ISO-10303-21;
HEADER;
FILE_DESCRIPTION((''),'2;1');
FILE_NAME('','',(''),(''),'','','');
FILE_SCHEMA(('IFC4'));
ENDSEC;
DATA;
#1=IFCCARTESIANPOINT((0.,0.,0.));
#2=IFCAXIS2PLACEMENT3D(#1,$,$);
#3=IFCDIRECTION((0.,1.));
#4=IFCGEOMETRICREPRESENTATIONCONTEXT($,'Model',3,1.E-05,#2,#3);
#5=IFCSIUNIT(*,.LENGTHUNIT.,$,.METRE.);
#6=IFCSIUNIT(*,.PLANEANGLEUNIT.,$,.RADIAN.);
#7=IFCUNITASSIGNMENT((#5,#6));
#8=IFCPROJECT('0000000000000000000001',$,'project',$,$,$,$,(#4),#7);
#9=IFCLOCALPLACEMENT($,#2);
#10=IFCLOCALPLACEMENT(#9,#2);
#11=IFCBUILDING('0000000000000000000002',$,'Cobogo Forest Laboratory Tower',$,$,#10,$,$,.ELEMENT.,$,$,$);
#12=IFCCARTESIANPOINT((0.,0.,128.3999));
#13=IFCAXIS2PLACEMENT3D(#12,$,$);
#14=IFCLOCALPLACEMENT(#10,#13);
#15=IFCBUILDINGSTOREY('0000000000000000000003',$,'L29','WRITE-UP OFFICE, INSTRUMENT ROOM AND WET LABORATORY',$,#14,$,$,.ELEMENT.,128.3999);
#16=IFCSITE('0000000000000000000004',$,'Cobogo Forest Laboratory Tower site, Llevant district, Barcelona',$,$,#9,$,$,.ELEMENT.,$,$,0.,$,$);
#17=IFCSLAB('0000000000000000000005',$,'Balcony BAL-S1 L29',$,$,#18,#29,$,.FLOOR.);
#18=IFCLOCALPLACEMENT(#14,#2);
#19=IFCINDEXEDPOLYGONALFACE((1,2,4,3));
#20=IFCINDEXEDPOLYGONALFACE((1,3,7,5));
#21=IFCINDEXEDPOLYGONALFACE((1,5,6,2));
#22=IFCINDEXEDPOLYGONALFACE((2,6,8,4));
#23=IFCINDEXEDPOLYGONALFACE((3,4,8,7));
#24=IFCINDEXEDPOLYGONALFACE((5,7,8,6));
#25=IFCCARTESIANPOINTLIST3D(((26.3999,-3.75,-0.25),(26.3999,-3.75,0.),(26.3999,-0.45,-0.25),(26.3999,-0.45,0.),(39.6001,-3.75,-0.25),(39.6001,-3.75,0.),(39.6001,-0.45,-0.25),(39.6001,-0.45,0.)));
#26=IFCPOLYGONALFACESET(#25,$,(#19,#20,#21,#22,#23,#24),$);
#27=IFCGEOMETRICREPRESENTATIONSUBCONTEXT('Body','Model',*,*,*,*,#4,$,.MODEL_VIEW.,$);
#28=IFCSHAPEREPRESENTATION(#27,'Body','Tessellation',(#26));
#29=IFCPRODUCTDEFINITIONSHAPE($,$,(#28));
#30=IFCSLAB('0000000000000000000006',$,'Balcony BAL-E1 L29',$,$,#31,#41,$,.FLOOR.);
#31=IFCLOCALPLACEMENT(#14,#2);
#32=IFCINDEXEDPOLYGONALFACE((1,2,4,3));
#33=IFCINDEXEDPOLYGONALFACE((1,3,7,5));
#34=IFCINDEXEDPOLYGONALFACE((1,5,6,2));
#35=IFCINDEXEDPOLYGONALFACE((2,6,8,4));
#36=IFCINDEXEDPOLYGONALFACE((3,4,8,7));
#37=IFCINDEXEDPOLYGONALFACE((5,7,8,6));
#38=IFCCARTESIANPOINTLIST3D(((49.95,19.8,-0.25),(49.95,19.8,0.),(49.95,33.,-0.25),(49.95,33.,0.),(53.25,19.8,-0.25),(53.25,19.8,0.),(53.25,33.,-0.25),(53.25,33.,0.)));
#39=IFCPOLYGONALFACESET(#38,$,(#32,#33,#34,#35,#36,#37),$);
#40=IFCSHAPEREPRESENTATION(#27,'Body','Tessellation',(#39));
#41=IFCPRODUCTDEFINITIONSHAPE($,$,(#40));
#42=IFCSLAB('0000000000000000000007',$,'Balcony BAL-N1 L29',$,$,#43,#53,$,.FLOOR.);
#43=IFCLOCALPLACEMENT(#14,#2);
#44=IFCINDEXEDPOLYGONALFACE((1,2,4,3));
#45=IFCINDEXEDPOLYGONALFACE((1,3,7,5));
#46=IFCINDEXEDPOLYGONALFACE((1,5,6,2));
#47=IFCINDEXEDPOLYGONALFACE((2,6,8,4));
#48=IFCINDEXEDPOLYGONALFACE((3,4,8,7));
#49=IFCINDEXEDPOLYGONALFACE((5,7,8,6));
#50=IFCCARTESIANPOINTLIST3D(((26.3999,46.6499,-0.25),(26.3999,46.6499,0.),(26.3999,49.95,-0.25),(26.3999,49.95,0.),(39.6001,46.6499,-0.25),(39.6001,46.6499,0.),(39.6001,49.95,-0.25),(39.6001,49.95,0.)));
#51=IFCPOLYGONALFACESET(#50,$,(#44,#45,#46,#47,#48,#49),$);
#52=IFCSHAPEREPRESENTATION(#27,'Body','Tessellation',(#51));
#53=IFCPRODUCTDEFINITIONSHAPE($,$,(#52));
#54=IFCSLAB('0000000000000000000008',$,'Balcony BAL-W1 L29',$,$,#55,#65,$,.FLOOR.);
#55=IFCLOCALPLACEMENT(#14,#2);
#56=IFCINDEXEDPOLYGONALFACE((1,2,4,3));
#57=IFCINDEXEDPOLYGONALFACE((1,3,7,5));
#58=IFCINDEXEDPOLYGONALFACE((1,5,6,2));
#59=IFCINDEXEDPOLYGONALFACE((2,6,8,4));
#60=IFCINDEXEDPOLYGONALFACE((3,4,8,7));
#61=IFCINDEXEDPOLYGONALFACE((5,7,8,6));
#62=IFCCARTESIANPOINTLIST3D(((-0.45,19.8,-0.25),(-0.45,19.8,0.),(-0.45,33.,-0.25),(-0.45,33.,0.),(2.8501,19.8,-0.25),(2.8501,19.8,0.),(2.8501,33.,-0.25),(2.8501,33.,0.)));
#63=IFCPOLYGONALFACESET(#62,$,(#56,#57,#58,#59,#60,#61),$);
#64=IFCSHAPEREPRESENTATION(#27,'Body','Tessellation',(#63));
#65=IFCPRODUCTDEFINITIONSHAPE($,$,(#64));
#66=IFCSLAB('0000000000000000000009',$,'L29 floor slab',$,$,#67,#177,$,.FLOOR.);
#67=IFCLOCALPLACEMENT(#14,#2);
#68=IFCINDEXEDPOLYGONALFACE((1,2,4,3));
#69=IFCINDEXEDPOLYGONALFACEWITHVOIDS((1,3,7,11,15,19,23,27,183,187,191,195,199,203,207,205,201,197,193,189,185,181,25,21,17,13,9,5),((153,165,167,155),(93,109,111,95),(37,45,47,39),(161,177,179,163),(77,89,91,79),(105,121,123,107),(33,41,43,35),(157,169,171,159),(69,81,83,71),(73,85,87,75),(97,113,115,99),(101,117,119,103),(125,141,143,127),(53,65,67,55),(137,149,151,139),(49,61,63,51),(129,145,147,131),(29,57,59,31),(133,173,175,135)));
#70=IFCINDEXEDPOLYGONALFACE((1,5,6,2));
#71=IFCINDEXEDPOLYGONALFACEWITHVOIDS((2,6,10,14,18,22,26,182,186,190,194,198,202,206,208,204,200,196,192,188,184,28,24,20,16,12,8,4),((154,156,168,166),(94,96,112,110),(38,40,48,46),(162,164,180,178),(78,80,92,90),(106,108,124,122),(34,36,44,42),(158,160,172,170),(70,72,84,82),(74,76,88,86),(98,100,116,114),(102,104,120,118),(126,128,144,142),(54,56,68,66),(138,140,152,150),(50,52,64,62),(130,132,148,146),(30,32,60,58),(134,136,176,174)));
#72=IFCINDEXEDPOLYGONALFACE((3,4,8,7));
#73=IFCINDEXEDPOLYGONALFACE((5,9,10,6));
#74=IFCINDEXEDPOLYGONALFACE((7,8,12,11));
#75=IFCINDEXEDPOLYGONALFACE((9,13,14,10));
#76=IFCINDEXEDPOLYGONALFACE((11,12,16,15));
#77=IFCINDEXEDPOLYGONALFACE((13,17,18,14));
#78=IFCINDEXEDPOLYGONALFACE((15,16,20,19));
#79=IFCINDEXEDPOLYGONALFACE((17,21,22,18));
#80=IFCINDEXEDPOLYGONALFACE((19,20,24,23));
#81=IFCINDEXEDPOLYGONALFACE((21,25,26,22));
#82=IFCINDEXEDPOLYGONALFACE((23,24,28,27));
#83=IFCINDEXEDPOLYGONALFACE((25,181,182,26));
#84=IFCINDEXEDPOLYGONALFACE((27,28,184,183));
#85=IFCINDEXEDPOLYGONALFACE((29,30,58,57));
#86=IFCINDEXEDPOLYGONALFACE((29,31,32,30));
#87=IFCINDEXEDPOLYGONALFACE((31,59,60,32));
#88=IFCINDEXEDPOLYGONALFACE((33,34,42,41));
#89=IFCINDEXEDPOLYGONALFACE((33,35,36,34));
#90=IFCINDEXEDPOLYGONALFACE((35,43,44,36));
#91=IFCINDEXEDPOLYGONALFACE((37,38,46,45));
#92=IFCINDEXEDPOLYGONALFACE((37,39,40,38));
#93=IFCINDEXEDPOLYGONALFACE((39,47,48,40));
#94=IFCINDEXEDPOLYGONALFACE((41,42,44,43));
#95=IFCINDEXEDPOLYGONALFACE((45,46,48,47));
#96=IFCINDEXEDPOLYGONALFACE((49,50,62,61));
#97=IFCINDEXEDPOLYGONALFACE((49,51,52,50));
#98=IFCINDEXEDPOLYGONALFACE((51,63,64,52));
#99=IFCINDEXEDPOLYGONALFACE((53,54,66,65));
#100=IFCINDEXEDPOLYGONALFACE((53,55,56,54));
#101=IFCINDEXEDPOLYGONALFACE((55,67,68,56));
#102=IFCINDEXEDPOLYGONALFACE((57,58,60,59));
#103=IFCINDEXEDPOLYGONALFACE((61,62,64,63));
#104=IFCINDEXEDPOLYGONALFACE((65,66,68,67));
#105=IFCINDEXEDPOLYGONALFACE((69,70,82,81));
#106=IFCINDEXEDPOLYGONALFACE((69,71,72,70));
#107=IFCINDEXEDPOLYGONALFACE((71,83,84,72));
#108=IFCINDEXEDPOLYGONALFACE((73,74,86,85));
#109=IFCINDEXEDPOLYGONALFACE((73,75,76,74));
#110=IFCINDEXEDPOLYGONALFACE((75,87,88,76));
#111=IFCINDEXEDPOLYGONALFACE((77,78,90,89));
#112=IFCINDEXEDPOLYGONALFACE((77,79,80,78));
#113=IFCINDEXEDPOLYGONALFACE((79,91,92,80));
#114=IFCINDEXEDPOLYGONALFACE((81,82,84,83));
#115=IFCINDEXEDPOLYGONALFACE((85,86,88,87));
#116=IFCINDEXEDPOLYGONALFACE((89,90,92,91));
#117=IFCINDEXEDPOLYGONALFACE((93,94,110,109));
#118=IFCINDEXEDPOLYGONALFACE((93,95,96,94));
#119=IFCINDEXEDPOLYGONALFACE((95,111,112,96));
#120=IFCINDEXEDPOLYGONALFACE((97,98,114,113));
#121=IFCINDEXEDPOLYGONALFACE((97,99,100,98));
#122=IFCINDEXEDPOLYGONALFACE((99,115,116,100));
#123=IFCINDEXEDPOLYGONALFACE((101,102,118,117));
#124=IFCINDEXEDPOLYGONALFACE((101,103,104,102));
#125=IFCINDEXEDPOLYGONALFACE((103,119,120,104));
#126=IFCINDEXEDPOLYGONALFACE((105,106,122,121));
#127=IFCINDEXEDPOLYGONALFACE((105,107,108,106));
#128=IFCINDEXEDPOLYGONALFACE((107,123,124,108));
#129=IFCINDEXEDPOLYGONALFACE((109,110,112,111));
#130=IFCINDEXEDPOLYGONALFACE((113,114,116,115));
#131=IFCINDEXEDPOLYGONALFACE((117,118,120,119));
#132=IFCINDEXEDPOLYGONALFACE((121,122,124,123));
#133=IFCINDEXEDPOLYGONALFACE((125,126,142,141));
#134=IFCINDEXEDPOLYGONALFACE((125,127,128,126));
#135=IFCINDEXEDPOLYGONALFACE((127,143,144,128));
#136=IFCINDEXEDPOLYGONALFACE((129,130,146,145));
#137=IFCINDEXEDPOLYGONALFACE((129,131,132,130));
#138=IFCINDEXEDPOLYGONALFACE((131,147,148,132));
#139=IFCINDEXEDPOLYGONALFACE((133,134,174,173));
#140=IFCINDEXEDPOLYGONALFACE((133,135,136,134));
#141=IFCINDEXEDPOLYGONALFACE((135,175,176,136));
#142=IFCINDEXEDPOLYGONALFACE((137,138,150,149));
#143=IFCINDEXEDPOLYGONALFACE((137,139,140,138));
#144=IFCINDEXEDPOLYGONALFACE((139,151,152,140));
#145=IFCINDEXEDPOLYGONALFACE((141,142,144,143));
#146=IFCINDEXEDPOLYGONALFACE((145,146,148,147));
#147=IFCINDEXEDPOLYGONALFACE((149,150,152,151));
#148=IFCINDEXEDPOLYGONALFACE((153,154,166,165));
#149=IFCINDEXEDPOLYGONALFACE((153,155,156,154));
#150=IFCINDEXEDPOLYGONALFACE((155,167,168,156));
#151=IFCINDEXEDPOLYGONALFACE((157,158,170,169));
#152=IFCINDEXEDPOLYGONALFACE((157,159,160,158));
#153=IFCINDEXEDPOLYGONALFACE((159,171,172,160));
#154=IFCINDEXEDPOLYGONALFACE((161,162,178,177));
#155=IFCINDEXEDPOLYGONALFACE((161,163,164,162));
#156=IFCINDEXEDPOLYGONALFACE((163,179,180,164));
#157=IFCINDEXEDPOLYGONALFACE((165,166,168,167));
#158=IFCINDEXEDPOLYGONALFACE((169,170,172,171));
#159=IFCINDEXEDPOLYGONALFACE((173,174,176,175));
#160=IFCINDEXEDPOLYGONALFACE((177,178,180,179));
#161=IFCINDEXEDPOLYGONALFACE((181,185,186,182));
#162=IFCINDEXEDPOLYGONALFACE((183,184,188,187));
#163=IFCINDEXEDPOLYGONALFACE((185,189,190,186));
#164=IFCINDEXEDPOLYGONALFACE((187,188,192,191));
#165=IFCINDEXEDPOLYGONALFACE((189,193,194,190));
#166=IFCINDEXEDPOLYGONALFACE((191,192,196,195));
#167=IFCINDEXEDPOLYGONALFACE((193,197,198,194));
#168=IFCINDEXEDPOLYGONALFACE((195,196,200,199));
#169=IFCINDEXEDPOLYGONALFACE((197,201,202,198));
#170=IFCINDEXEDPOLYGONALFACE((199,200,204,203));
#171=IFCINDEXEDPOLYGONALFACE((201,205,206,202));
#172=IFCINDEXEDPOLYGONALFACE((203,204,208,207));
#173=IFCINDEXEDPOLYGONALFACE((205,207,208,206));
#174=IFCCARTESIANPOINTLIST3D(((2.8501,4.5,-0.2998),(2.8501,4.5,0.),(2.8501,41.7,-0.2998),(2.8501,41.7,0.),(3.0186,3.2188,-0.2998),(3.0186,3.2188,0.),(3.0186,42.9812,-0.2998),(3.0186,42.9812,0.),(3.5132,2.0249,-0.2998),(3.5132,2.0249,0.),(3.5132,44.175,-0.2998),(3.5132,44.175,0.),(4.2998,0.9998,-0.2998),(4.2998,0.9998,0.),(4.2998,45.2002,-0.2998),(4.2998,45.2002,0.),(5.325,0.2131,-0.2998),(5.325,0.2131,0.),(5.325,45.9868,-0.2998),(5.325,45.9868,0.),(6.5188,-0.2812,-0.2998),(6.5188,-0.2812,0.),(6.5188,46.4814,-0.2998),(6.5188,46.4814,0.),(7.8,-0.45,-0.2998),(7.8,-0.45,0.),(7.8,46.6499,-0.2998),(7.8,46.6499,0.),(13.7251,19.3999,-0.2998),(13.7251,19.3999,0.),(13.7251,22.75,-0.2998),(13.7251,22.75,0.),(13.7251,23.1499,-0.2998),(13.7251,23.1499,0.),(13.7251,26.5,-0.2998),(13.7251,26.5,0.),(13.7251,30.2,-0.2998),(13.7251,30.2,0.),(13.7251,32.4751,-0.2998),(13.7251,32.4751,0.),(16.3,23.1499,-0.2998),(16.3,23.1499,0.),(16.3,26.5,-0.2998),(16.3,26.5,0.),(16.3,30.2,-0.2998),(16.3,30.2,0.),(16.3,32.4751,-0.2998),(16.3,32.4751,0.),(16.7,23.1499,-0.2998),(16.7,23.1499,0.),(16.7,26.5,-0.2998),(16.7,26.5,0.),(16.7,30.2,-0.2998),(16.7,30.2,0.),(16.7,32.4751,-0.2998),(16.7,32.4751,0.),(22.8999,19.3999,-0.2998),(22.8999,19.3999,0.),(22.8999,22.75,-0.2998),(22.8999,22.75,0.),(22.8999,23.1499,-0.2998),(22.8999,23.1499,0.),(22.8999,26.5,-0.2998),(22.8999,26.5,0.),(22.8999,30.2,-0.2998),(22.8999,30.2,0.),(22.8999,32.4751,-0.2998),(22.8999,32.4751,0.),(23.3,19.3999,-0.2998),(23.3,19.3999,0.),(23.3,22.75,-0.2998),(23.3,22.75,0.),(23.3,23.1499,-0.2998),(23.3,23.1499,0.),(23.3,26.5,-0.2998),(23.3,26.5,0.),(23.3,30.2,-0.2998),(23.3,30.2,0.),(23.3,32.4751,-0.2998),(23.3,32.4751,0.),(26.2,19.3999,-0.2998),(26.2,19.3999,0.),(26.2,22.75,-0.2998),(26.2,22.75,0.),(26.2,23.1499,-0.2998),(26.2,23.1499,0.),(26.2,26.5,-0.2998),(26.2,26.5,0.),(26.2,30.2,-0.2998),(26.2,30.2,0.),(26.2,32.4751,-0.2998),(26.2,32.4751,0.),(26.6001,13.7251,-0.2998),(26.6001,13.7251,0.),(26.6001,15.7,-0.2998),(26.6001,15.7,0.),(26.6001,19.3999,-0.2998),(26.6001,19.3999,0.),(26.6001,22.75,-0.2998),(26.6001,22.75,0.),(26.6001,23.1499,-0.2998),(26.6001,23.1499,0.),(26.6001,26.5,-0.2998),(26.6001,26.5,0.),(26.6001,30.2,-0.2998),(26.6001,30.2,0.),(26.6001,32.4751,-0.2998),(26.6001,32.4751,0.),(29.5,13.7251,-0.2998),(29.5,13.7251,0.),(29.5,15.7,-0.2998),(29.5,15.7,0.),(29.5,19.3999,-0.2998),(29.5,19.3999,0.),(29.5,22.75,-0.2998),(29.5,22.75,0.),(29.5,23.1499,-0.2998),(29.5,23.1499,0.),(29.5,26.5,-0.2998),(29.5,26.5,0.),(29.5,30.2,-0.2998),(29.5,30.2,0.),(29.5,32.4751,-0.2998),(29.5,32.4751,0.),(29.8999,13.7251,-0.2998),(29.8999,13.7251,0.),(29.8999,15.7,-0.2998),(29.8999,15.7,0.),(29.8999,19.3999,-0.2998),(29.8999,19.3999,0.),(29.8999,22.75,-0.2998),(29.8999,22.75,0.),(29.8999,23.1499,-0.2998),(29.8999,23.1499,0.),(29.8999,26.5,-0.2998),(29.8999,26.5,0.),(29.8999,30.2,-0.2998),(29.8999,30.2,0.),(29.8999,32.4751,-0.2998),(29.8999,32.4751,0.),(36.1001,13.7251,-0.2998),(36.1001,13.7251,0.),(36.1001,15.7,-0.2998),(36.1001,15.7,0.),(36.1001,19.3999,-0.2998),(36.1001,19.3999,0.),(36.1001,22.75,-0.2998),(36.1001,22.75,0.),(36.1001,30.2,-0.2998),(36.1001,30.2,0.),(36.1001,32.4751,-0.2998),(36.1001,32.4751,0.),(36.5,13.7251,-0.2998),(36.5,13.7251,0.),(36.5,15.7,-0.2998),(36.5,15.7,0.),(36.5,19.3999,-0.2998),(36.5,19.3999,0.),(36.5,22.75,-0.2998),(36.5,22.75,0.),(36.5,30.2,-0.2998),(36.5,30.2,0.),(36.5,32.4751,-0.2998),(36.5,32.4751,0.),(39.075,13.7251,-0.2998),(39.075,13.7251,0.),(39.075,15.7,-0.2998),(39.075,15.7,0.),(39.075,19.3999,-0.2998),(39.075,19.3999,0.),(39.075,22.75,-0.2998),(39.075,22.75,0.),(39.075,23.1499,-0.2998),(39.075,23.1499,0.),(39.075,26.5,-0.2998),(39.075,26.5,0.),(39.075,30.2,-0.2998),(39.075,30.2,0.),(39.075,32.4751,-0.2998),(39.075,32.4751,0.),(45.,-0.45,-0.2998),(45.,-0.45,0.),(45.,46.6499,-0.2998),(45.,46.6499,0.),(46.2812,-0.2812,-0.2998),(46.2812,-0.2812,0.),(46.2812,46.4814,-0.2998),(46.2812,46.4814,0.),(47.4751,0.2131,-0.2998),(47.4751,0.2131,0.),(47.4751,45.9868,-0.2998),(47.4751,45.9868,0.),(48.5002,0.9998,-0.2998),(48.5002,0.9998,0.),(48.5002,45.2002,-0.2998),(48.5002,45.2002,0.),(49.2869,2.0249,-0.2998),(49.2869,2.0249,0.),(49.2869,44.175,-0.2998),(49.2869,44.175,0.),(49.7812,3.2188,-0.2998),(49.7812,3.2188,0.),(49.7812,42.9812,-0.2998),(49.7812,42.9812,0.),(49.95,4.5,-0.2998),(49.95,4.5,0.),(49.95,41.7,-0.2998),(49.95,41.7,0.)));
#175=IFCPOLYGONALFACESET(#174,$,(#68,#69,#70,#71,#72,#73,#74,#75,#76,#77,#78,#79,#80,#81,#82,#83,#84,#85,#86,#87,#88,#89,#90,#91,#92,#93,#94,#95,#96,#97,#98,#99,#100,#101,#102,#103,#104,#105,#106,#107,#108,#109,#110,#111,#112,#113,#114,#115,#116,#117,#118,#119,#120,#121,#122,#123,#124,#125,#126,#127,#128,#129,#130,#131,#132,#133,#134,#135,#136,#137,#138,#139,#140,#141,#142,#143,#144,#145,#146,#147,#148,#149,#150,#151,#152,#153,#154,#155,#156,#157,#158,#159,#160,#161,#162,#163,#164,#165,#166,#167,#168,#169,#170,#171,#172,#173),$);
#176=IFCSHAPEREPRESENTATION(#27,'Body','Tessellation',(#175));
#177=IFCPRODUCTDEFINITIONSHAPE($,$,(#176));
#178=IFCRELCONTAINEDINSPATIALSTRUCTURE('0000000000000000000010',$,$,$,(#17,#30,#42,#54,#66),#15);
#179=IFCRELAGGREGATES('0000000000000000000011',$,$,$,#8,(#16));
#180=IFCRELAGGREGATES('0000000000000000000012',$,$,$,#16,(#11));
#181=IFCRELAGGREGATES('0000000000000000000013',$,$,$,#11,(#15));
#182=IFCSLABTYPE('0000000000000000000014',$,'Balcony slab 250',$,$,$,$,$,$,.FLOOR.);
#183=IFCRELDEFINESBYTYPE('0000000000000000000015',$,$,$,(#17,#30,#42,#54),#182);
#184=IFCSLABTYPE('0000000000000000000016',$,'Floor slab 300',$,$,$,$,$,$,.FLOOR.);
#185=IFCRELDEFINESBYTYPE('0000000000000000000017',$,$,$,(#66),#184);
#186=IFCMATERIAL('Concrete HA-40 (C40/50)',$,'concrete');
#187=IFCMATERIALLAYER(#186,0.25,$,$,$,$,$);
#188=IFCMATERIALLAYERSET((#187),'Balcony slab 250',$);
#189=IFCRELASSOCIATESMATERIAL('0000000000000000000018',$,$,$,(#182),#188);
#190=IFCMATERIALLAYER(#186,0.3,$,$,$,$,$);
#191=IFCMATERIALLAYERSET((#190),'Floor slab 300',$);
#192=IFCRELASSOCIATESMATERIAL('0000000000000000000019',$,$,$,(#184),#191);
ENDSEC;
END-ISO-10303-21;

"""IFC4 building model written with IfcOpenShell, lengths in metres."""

from ifc_helpers import new_model, si_unit, direction, frame, origin, place, context, subcontext, project, spatial, polyline, outline, extrude, material, layer, layer_set, type_object, element, save


model = new_model("IFC4")

# Units and contexts
model_context = context("Model", 3, precision=1e-05, world=origin(), true_north=direction((0.0, 1.0)))
body_context = subcontext(model_context, "Body", "Model", "MODEL_VIEW")
ifc_project = project(units=[si_unit("LENGTHUNIT", "METRE"), si_unit("PLANEANGLEUNIT", "RADIAN")], contexts=[model_context])

# Site, building, storey
site_placement = place(None, origin())
site = spatial("IfcSite", under=ifc_project, at=site_placement, Name="Cobogo Forest Laboratory Tower site, Llevant district, Barcelona", CompositionType="ELEMENT", RefElevation=0.0)
building_placement = place(site_placement, origin())
building = spatial("IfcBuilding", under=site, at=building_placement, Name="Cobogo Forest Laboratory Tower", CompositionType="ELEMENT")
storey_placement = place(building_placement, frame((0.0, 0.0, 128.3999)))
storey = spatial("IfcBuildingStorey", under=building, at=storey_placement, Name="L29", Description="WRITE-UP OFFICE, INSTRUMENT ROOM AND WET LABORATORY", CompositionType="ELEMENT", Elevation=128.3999)

# Slabs
ifc_material_1 = material(Name="Concrete HA-40 (C40/50)", Category="concrete")
ifc_layer_1 = layer(ifc_material_1, 0.25)
ifc_layer_set_1 = layer_set([ifc_layer_1], Name="Balcony slab 250")
slab_type_1 = type_object("IfcSlabType", Name="Balcony slab 250", PredefinedType="FLOOR", material=ifc_layer_set_1)
slab_1_placement = place(storey_placement, frame((0.0, 0.0, -0.25)))
element("IfcSlab", 1, at=slab_1_placement, inside=storey, type_object=slab_type_1, Name="Balcony BAL-S1 L29", PredefinedType="FLOOR", context=body_context, shape_type="SweptSolid", body=[
    extrude(outline(polyline([(26.3999, -3.75), (39.6001, -3.75), (39.6001, -0.45), (26.3999, -0.45), (26.3999, -3.75)])), origin(), (0.0, 0.0, 1.0), 0.25),
])
slab_2_placement = place(storey_placement, frame((0.0, 0.0, -0.25)))
element("IfcSlab", 2, at=slab_2_placement, inside=storey, type_object=slab_type_1, Name="Balcony BAL-E1 L29", PredefinedType="FLOOR", context=body_context, shape_type="SweptSolid", body=[
    extrude(outline(polyline([(49.95, 19.8), (53.25, 19.8), (53.25, 33.0), (49.95, 33.0), (49.95, 19.8)])), origin(), (0.0, 0.0, 1.0), 0.25),
])
slab_3_placement = place(storey_placement, frame((0.0, 0.0, -0.25)))
element("IfcSlab", 3, at=slab_3_placement, inside=storey, type_object=slab_type_1, Name="Balcony BAL-N1 L29", PredefinedType="FLOOR", context=body_context, shape_type="SweptSolid", body=[
    extrude(outline(polyline([(26.3999, 46.6499), (39.6001, 46.6499), (39.6001, 49.95), (26.3999, 49.95), (26.3999, 46.6499)])), origin(), (0.0, 0.0, 1.0), 0.25),
])
slab_4_placement = place(storey_placement, frame((0.0, 0.0, -0.25)))
element("IfcSlab", 4, at=slab_4_placement, inside=storey, type_object=slab_type_1, Name="Balcony BAL-W1 L29", PredefinedType="FLOOR", context=body_context, shape_type="SweptSolid", body=[
    extrude(outline(polyline([(-0.45, 19.8), (2.8501, 19.8), (2.8501, 33.0), (-0.45, 33.0), (-0.45, 19.8)])), origin(), (0.0, 0.0, 1.0), 0.25),
])
ifc_layer_2 = layer(ifc_material_1, 0.3)
ifc_layer_set_2 = layer_set([ifc_layer_2], Name="Floor slab 300")
slab_type_2 = type_object("IfcSlabType", Name="Floor slab 300", PredefinedType="FLOOR", material=ifc_layer_set_2)
slab_5_placement = place(storey_placement, frame((0.0, 0.0, -0.2998)))
element("IfcSlab", 5, at=slab_5_placement, inside=storey, type_object=slab_type_2, Name="L29 floor slab", PredefinedType="FLOOR", context=body_context, shape_type="SweptSolid", body=[
    extrude(outline(polyline([(45.0, -0.45), (46.2812, -0.2812), (47.4751, 0.2131), (48.5002, 0.9998), (49.2869, 2.0249), (49.7812, 3.2188), (49.95, 4.5), (49.95, 41.7), (49.7812, 42.9812), (49.2869, 44.175), (48.5002, 45.2002), (47.4751, 45.9868), (46.2812, 46.4814), (45.0, 46.6499), (7.8, 46.6499), (6.5188, 46.4814), (5.325, 45.9868), (4.2998, 45.2002), (3.5132, 44.175), (3.0186, 42.9812), (2.8501, 41.7), (2.8501, 4.5), (3.0186, 3.2188), (3.5132, 2.0249), (4.2998, 0.9998), (5.325, 0.2131), (6.5188, -0.2812), (7.8, -0.45), (45.0, -0.45)]), holes=[polyline([(29.5, 13.7251), (26.6001, 13.7251), (26.6001, 15.7), (29.5, 15.7), (29.5, 13.7251)]), polyline([(36.1001, 15.7), (36.1001, 13.7251), (29.8999, 13.7251), (29.8999, 15.7), (36.1001, 15.7)]), polyline([(36.5, 13.7251), (36.5, 15.7), (39.075, 15.7), (39.075, 13.7251), (36.5, 13.7251)]), polyline([(13.7251, 19.3999), (13.7251, 22.75), (22.8999, 22.75), (22.8999, 19.3999), (13.7251, 19.3999)]), polyline([(23.3, 19.3999), (23.3, 22.75), (26.2, 22.75), (26.2, 19.3999), (23.3, 19.3999)]), polyline([(29.5, 19.3999), (26.6001, 19.3999), (26.6001, 22.75), (29.5, 22.75), (29.5, 19.3999)]), polyline([(36.1001, 22.75), (36.1001, 19.3999), (29.8999, 19.3999), (29.8999, 22.75), (36.1001, 22.75)]), polyline([(39.075, 19.3999), (36.5, 19.3999), (36.5, 22.75), (39.075, 22.75), (39.075, 19.3999)]), polyline([(16.3, 23.1499), (13.7251, 23.1499), (13.7251, 26.5), (16.3, 26.5), (16.3, 23.1499)]), polyline([(22.8999, 26.5), (22.8999, 23.1499), (16.7, 23.1499), (16.7, 26.5), (22.8999, 26.5)]), polyline([(26.2, 23.1499), (23.3, 23.1499), (23.3, 26.5), (26.2, 26.5), (26.2, 23.1499)]), polyline([(26.6001, 23.1499), (26.6001, 26.5), (29.5, 26.5), (29.5, 23.1499), (26.6001, 23.1499)]), polyline([(29.8999, 23.1499), (29.8999, 26.5), (39.075, 26.5), (39.075, 23.1499), (29.8999, 23.1499)]), polyline([(13.7251, 30.2), (13.7251, 32.4751), (16.3, 32.4751), (16.3, 30.2), (13.7251, 30.2)]), polyline([(22.8999, 32.4751), (22.8999, 30.2), (16.7, 30.2), (16.7, 32.4751), (22.8999, 32.4751)]), polyline([(23.3, 30.2), (23.3, 32.4751), (26.2, 32.4751), (26.2, 30.2), (23.3, 30.2)]), polyline([(26.6001, 30.2), (26.6001, 32.4751), (29.5, 32.4751), (29.5, 30.2), (26.6001, 30.2)]), polyline([(36.1001, 32.4751), (36.1001, 30.2), (29.8999, 30.2), (29.8999, 32.4751), (36.1001, 32.4751)]), polyline([(36.5, 30.2), (36.5, 32.4751), (39.075, 32.4751), (39.075, 30.2), (36.5, 30.2)])]), origin(), (0.0, 0.0, 1.0), 0.2998),
])

save(model, "model.ifc")
